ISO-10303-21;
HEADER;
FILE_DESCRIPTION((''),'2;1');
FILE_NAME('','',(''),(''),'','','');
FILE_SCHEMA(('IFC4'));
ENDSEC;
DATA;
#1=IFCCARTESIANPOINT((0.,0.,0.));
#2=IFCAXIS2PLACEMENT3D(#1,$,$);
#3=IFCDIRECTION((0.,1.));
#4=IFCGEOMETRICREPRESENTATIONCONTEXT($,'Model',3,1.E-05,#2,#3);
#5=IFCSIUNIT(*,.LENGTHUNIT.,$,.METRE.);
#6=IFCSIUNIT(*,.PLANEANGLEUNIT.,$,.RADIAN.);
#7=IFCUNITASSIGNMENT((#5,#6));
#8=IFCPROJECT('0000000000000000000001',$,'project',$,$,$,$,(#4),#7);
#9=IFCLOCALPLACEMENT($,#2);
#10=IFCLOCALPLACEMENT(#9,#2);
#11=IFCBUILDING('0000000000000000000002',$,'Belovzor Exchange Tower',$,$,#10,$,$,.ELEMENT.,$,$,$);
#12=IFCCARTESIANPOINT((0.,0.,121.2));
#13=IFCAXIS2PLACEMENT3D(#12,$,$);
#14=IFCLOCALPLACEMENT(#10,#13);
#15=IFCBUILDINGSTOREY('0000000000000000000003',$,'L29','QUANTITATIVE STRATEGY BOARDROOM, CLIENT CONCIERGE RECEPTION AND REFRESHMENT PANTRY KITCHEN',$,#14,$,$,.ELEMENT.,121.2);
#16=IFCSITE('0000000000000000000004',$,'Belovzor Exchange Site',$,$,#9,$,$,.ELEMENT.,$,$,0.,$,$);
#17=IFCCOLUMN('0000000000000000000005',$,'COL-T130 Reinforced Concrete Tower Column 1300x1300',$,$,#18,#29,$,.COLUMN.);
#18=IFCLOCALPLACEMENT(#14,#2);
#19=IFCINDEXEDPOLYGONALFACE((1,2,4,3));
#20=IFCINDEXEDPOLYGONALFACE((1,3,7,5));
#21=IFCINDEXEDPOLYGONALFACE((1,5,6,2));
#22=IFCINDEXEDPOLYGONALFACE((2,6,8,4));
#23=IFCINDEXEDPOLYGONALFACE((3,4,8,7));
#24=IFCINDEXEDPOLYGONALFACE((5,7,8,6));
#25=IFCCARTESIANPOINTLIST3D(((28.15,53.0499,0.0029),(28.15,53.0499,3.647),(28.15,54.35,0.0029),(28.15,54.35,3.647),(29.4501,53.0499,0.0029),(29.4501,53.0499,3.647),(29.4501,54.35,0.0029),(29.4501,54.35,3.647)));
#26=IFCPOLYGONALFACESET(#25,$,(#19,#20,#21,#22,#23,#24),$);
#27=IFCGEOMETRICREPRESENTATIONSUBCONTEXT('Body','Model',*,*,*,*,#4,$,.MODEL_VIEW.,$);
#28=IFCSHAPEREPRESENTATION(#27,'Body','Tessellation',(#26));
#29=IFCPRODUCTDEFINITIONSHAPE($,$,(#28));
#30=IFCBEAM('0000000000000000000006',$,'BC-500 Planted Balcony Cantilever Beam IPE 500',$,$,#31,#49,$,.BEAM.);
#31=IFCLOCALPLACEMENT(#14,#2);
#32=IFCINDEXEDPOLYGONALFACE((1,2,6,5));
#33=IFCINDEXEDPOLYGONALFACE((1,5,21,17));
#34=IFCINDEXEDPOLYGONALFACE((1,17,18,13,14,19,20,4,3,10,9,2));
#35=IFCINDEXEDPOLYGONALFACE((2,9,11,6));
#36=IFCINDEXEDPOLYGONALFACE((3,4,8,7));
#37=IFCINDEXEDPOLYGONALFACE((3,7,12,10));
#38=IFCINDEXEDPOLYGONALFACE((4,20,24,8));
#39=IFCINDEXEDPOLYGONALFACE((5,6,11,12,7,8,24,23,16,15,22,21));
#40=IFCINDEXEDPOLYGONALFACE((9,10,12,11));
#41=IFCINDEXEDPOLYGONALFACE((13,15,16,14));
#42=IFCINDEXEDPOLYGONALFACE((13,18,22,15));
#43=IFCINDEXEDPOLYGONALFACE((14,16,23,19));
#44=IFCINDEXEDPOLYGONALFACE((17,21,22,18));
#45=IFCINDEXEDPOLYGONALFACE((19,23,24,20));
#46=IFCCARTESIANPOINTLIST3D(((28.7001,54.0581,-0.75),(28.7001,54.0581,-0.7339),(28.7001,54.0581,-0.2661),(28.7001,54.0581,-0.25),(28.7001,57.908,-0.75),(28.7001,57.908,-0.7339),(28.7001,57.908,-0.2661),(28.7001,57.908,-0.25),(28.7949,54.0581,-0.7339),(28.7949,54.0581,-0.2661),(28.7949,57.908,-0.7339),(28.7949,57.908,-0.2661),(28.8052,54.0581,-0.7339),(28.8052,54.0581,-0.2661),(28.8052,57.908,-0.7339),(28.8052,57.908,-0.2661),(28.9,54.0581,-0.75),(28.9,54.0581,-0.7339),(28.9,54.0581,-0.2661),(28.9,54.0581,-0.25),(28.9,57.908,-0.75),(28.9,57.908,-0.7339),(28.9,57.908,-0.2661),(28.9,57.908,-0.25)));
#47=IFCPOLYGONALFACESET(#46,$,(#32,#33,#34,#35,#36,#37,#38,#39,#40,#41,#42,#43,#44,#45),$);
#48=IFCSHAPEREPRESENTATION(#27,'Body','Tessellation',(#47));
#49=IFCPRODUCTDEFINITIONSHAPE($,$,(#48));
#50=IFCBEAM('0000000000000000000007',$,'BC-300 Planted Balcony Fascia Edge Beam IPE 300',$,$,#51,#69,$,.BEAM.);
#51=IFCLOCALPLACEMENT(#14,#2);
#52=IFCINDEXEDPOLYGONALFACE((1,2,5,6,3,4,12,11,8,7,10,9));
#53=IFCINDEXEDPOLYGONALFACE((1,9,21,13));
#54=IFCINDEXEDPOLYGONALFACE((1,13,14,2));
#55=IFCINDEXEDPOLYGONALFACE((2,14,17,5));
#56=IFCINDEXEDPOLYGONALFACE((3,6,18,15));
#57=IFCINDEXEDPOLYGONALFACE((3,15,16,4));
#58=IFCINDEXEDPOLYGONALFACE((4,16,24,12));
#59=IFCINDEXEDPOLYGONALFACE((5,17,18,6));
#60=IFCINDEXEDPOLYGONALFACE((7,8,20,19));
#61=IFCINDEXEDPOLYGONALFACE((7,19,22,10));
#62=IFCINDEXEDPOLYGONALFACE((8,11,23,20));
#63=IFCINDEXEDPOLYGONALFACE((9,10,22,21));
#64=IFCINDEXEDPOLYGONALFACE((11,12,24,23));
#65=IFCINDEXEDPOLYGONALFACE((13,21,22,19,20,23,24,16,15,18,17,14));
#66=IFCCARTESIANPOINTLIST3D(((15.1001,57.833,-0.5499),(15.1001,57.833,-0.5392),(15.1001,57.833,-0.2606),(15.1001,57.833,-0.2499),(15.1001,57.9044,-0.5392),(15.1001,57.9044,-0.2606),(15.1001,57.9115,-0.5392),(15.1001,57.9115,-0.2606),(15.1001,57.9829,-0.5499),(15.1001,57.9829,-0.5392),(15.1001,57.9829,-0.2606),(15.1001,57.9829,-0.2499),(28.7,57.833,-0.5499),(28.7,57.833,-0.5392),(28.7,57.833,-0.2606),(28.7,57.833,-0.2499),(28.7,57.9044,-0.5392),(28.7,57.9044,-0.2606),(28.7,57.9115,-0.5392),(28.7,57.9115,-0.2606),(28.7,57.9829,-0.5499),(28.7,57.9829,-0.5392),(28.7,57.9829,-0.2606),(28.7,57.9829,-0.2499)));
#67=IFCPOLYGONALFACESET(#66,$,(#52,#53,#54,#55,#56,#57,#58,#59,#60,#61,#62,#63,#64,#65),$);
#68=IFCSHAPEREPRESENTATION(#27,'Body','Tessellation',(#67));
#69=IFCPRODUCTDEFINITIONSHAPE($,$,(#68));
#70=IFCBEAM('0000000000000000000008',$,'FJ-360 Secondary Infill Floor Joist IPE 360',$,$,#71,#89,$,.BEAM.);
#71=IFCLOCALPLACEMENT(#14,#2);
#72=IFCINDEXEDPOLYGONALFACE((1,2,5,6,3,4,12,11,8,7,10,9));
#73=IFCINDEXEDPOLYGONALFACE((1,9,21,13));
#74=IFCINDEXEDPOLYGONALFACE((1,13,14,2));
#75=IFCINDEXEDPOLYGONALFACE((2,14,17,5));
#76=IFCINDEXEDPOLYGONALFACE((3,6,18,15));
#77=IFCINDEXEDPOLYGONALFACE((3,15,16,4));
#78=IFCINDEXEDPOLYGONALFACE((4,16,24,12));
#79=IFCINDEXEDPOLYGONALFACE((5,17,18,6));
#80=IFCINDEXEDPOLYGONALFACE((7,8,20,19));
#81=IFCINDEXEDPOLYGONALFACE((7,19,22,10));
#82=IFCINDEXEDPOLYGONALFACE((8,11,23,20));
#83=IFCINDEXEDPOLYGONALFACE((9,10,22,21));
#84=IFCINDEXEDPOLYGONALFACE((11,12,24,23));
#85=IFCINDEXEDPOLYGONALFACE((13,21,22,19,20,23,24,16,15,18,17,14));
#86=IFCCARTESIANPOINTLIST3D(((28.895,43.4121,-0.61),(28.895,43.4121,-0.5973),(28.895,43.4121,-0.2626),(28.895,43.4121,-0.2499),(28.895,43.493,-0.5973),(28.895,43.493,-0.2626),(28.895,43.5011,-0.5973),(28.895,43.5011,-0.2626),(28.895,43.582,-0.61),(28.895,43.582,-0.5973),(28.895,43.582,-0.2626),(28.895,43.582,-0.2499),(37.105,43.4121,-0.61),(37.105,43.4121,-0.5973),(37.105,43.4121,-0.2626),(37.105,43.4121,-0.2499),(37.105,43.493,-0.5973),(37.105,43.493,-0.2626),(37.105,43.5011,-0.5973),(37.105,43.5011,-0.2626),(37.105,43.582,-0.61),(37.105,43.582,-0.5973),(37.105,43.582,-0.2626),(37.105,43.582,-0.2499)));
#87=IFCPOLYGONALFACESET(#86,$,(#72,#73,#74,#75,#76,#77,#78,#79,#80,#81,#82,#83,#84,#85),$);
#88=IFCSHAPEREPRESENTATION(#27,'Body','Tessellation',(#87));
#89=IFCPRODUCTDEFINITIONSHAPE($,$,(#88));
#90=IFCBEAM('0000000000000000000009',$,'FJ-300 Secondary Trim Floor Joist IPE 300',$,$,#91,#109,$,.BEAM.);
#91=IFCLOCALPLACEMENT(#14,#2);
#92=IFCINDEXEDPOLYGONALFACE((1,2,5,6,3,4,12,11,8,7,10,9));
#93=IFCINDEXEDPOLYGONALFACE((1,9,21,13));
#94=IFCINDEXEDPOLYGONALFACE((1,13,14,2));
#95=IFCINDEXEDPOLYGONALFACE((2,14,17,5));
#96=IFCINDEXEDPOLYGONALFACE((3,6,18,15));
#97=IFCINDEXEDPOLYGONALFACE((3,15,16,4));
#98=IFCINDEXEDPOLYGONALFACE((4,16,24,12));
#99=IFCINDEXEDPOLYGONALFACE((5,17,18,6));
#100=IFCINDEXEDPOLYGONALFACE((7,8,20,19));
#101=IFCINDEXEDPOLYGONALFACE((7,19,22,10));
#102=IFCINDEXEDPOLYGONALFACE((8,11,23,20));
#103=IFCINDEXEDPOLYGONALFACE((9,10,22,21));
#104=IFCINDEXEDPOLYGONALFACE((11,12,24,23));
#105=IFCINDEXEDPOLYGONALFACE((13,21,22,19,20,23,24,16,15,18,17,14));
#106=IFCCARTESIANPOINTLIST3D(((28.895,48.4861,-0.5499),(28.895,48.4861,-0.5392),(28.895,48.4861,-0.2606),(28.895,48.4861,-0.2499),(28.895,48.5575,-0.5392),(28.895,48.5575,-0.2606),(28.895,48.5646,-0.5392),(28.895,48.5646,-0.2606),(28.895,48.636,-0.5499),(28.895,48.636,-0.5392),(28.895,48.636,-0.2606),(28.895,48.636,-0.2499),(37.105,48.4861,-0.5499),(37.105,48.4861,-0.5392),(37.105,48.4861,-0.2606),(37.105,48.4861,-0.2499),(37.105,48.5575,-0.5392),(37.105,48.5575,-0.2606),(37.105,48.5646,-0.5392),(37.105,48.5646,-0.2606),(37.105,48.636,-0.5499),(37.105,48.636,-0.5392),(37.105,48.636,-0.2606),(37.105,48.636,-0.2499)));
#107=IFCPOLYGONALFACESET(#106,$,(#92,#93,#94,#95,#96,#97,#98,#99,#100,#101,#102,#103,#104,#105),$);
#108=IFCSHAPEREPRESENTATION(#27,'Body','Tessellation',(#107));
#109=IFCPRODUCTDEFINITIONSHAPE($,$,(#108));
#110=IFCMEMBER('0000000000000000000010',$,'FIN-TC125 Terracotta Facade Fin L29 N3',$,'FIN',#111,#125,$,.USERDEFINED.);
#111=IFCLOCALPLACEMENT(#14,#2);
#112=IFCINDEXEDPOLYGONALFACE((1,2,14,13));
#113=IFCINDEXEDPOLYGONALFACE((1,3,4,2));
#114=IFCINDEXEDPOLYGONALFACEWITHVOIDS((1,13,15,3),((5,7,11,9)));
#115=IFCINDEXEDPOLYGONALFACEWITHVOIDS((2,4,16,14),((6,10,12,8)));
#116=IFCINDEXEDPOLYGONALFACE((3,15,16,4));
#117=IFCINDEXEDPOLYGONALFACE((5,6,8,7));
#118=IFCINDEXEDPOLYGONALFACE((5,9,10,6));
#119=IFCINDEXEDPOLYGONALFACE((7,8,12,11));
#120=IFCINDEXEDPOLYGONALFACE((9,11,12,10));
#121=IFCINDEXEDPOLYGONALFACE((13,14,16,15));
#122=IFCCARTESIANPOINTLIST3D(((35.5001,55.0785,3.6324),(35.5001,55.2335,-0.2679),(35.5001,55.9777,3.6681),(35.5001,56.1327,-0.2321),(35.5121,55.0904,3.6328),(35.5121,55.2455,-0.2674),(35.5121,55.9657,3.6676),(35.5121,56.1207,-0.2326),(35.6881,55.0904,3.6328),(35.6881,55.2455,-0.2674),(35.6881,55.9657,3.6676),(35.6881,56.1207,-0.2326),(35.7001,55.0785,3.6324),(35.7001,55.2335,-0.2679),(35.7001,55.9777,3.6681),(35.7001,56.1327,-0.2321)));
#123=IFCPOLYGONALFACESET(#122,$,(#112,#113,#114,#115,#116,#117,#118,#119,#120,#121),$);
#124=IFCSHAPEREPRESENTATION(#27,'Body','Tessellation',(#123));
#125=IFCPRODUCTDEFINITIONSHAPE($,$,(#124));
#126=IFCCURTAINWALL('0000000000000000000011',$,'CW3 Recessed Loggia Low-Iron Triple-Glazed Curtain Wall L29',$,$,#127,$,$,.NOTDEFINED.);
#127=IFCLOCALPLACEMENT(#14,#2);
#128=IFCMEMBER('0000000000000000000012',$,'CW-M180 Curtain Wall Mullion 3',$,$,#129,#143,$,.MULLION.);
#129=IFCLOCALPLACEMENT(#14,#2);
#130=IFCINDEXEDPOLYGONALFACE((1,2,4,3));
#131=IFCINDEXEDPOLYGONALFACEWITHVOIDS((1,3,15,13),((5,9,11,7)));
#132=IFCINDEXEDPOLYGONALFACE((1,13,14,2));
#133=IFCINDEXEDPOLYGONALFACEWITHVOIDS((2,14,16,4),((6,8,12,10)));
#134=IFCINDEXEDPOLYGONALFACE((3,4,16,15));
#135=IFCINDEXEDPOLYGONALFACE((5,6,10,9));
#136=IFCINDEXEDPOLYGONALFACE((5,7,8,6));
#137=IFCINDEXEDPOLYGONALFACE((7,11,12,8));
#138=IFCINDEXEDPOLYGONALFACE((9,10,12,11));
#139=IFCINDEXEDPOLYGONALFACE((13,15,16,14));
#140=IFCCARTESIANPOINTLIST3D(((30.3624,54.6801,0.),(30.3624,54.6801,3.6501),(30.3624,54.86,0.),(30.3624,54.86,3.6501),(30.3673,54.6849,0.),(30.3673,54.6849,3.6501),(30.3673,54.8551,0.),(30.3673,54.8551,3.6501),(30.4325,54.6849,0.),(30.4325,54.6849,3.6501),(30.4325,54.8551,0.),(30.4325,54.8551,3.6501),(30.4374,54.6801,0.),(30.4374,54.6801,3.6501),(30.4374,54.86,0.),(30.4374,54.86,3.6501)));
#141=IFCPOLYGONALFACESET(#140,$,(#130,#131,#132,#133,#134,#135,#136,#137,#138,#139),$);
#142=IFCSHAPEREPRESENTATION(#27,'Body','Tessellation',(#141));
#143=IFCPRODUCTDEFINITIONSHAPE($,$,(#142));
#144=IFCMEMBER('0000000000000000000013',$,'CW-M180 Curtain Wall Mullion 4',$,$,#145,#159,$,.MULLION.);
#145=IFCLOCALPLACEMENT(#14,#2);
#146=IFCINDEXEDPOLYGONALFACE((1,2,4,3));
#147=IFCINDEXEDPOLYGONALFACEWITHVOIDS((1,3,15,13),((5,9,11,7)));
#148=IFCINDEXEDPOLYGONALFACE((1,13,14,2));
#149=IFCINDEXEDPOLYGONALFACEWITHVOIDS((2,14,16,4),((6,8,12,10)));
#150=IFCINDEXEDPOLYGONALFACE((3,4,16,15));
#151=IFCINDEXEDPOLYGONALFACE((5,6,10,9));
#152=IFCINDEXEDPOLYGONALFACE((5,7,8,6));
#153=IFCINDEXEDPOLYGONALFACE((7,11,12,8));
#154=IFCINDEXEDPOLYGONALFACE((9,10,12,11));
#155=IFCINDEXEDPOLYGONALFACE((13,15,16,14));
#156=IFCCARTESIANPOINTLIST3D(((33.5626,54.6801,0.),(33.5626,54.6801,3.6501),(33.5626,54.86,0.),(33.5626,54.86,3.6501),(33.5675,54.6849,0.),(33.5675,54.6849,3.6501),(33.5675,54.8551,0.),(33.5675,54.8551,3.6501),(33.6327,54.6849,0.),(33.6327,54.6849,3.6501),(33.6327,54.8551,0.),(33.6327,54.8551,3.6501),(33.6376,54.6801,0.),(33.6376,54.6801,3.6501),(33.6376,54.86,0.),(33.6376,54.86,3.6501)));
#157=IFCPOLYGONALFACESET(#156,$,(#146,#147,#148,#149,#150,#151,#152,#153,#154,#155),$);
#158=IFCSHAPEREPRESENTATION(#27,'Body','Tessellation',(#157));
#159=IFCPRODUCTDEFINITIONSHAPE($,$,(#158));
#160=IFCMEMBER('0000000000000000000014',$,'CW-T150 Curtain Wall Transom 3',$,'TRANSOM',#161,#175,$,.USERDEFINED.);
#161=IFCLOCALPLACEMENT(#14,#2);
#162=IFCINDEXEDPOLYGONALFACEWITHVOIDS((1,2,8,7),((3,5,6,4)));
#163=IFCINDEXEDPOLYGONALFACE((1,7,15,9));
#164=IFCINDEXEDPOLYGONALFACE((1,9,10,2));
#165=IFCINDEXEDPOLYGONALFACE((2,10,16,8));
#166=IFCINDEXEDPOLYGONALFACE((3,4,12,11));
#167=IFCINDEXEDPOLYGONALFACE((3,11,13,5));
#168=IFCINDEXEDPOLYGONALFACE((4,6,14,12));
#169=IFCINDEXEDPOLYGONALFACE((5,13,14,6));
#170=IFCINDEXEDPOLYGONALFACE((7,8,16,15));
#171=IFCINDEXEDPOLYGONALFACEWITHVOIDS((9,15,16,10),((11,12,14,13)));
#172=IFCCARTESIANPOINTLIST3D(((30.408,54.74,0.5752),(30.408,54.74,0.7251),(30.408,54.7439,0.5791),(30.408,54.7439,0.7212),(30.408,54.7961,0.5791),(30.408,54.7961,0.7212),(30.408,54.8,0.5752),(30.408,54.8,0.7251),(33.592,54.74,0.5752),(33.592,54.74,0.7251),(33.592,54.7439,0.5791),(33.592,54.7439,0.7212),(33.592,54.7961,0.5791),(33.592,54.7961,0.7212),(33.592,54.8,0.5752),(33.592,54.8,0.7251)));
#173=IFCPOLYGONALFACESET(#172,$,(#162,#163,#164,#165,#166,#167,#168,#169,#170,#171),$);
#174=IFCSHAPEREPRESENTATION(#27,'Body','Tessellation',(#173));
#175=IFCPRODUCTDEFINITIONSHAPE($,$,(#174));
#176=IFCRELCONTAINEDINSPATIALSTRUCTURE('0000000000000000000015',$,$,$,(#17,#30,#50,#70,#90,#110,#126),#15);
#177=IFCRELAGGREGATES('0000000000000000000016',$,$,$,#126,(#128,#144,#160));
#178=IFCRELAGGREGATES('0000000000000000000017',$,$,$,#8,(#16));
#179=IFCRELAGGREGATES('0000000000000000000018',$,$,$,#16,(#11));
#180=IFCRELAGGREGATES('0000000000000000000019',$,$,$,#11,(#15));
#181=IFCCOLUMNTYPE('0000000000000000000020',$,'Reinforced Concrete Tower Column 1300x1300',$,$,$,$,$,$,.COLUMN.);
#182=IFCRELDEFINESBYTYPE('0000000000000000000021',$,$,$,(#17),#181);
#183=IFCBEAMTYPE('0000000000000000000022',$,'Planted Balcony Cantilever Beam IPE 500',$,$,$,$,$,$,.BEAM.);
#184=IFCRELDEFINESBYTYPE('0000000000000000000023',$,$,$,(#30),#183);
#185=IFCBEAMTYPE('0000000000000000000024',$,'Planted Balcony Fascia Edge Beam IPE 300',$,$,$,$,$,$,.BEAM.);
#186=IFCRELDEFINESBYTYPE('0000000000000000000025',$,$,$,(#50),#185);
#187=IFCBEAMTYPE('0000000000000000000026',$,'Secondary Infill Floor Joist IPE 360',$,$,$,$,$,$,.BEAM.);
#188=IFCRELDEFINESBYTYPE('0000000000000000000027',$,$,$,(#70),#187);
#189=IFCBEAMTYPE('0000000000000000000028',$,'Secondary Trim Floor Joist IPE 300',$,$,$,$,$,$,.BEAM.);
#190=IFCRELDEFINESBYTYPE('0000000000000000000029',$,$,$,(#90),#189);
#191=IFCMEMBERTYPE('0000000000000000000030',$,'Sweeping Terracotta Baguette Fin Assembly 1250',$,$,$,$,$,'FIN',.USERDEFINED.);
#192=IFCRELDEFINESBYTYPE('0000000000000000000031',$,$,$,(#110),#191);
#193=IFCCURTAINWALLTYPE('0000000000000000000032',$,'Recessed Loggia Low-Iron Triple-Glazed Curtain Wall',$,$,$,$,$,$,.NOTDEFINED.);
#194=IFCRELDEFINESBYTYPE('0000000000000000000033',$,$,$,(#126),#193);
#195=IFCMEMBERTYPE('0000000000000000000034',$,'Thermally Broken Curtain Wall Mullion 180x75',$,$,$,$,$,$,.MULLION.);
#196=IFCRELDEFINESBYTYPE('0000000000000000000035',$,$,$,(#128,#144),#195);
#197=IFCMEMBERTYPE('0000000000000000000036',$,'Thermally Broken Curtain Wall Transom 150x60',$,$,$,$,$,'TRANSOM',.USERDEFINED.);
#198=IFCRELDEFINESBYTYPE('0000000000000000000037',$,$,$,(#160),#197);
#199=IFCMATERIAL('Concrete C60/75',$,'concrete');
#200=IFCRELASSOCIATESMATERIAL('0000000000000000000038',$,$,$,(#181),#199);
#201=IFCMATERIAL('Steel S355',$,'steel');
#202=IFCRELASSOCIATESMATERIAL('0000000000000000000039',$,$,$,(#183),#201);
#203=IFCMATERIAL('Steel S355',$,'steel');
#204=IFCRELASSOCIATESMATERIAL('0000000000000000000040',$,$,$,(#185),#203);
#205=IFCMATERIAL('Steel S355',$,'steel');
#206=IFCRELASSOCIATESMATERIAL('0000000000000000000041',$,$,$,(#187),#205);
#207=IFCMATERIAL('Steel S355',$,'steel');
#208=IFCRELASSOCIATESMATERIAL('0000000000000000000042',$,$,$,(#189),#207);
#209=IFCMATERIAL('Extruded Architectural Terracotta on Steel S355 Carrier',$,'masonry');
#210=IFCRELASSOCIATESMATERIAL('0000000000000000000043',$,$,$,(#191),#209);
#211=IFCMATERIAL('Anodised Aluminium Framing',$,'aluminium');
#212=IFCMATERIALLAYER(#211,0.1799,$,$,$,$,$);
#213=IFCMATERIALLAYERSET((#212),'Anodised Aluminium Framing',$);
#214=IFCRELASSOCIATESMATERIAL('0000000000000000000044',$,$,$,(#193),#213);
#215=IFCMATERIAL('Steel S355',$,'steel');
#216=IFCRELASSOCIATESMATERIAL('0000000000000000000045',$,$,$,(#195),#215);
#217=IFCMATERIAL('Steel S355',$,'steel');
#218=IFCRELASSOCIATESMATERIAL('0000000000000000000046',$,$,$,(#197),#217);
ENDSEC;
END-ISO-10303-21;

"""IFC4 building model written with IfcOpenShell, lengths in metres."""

from ifc_helpers import new_model, si_unit, direction, frame, origin, origin_2d, place, context, subcontext, project, spatial, rectangle, hollow_rectangle, i_section, extrude, material, layer, layer_set, material_profile, profile_set, type_object, element, aggregate, save


model = new_model("IFC4")

# Units and contexts
model_context = context("Model", 3, precision=1e-05, world=origin(), true_north=direction((0.0, 1.0)))
body_context = subcontext(model_context, "Body", "Model", "MODEL_VIEW")
ifc_project = project(units=[si_unit("LENGTHUNIT", "METRE"), si_unit("PLANEANGLEUNIT", "RADIAN")], contexts=[model_context])

# Site, building, storey
site_placement = place(None, origin())
site = spatial("IfcSite", under=ifc_project, at=site_placement, Name="Belovzor Exchange Site", CompositionType="ELEMENT", RefElevation=0.0)
building_placement = place(site_placement, origin())
building = spatial("IfcBuilding", under=site, at=building_placement, Name="Belovzor Exchange Tower", CompositionType="ELEMENT")
storey_placement = place(building_placement, frame((0.0, 0.0, 121.2)))
storey = spatial("IfcBuildingStorey", under=building, at=storey_placement, Name="L29", Description="QUANTITATIVE STRATEGY BOARDROOM, CLIENT CONCIERGE RECEPTION AND REFRESHMENT PANTRY KITCHEN", CompositionType="ELEMENT", Elevation=121.2)

# Column
ifc_material_1 = material(Name="Concrete C60/75", Category="concrete")
ifc_material_profile_1 = material_profile(ifc_material_1, rectangle(XDim=1.3, YDim=1.3, at=origin_2d()))
ifc_profile_set_1 = profile_set([ifc_material_profile_1], Name="Concrete C60/75")
column_type = type_object("IfcColumnType", Name="Reinforced Concrete Tower Column 1300x1300", PredefinedType="COLUMN", material=ifc_profile_set_1)
column_placement = place(storey_placement, frame((28.8, 53.7, 0.0029), z_axis=(0.0, 0.0, 1.0), x_axis=(1.0, 0.0, 0.0)))
element("IfcColumn", 1, at=column_placement, inside=storey, type_object=column_type, Name="COL-T130 Reinforced Concrete Tower Column 1300x1300", PredefinedType="COLUMN", context=body_context, shape_type="SweptSolid", body=[
    extrude(rectangle(XDim=1.3, YDim=1.3, at=origin_2d()), origin(), (0.0, 0.0, 1.0), 3.644),
])

# Beams
ifc_material_2 = material(Name="Steel S355", Category="steel")
ifc_material_profile_2 = material_profile(ifc_material_2, i_section(OverallWidth=0.2, OverallDepth=0.5, WebThickness=0.0103, FlangeThickness=0.0161, at=origin_2d()))
ifc_profile_set_2 = profile_set([ifc_material_profile_2], Name="Steel S355")
beam_type_1 = type_object("IfcBeamType", Name="Planted Balcony Cantilever Beam IPE 500", PredefinedType="BEAM", material=ifc_profile_set_2)
beam_1_placement = place(storey_placement, frame((28.8, 54.0581, -0.5), z_axis=(0.0, 1.0, 0.0), x_axis=(-1.0, 0.0, 0.0)))
element("IfcBeam", 2, at=beam_1_placement, inside=storey, type_object=beam_type_1, Name="BC-500 Planted Balcony Cantilever Beam IPE 500", PredefinedType="BEAM", context=body_context, shape_type="SweptSolid", body=[
    extrude(i_section(OverallWidth=0.2, OverallDepth=0.5, WebThickness=0.0103, FlangeThickness=0.0161, at=origin_2d()), origin(), (0.0, 0.0, 1.0), 3.8499),
])
ifc_material_3 = material(Name="Steel S355", Category="steel")
ifc_material_profile_3 = material_profile(ifc_material_3, i_section(OverallWidth=0.1499, OverallDepth=0.3, WebThickness=0.0071, FlangeThickness=0.0107, at=origin_2d()))
ifc_profile_set_3 = profile_set([ifc_material_profile_3], Name="Steel S355")
beam_type_2 = type_object("IfcBeamType", Name="Planted Balcony Fascia Edge Beam IPE 300", PredefinedType="BEAM", material=ifc_profile_set_3)
beam_2_placement = place(storey_placement, frame((28.7, 57.908, -0.3999), z_axis=(-1.0, 0.0, 0.0), x_axis=(0.0, -1.0, 0.0)))
element("IfcBeam", 3, at=beam_2_placement, inside=storey, type_object=beam_type_2, Name="BC-300 Planted Balcony Fascia Edge Beam IPE 300", PredefinedType="BEAM", context=body_context, shape_type="SweptSolid", body=[
    extrude(i_section(OverallWidth=0.1499, OverallDepth=0.3, WebThickness=0.0071, FlangeThickness=0.0107, at=origin_2d()), origin(), (0.0, 0.0, 1.0), 13.5999),
])
ifc_material_4 = material(Name="Steel S355", Category="steel")
ifc_material_profile_4 = material_profile(ifc_material_4, i_section(OverallWidth=0.1699, OverallDepth=0.3601, WebThickness=0.0081, FlangeThickness=0.0127, at=origin_2d()))
ifc_profile_set_4 = profile_set([ifc_material_profile_4], Name="Steel S355")
beam_type_3 = type_object("IfcBeamType", Name="Secondary Infill Floor Joist IPE 360", PredefinedType="BEAM", material=ifc_profile_set_4)
beam_3_placement = place(storey_placement, frame((28.895, 43.4971, -0.4299), z_axis=(1.0, 0.0, 0.0), x_axis=(0.0, 1.0, 0.0)))
element("IfcBeam", 4, at=beam_3_placement, inside=storey, type_object=beam_type_3, Name="FJ-360 Secondary Infill Floor Joist IPE 360", PredefinedType="BEAM", context=body_context, shape_type="SweptSolid", body=[
    extrude(i_section(OverallWidth=0.1699, OverallDepth=0.3601, WebThickness=0.0081, FlangeThickness=0.0127, at=origin_2d()), origin(), (0.0, 0.0, 1.0), 8.21),
])
ifc_material_5 = material(Name="Steel S355", Category="steel")
ifc_material_profile_5 = material_profile(ifc_material_5, i_section(OverallWidth=0.1499, OverallDepth=0.3, WebThickness=0.0071, FlangeThickness=0.0107, at=origin_2d()))
ifc_profile_set_5 = profile_set([ifc_material_profile_5], Name="Steel S355")
beam_type_4 = type_object("IfcBeamType", Name="Secondary Trim Floor Joist IPE 300", PredefinedType="BEAM", material=ifc_profile_set_5)
beam_4_placement = place(storey_placement, frame((28.895, 48.561, -0.3999), z_axis=(1.0, 0.0, 0.0), x_axis=(0.0, 1.0, 0.0)))
element("IfcBeam", 5, at=beam_4_placement, inside=storey, type_object=beam_type_4, Name="FJ-300 Secondary Trim Floor Joist IPE 300", PredefinedType="BEAM", context=body_context, shape_type="SweptSolid", body=[
    extrude(i_section(OverallWidth=0.1499, OverallDepth=0.3, WebThickness=0.0071, FlangeThickness=0.0107, at=origin_2d()), origin(), (0.0, 0.0, 1.0), 8.21),
])

# Member
ifc_material_6 = material(Name="Extruded Architectural Terracotta on Steel S355 Carrier", Category="masonry")
ifc_material_profile_6 = material_profile(ifc_material_6, hollow_rectangle(XDim=0.2, YDim=0.8999, WallThickness=0.012, at=origin_2d()))
ifc_profile_set_6 = profile_set([ifc_material_profile_6], Name="Extruded Architectural Terracotta on Steel S355 Carrier")
member_type_1 = type_object("IfcMemberType", Name="Sweeping Terracotta Baguette Fin Assembly 1250", ElementType="FIN", PredefinedType="USERDEFINED", material=ifc_profile_set_6)
member_1_placement = place(storey_placement, frame((35.6001, 55.6831, -0.25), z_axis=(0.0, -0.039718, 0.999211), x_axis=(1.0, 0.0, 0.0)))
element("IfcMember", 6, at=member_1_placement, inside=storey, type_object=member_type_1, Name="FIN-TC125 Terracotta Facade Fin L29 N3", ObjectType="FIN", PredefinedType="USERDEFINED", context=body_context, shape_type="SweptSolid", body=[
    extrude(hollow_rectangle(XDim=0.2, YDim=0.8999, WallThickness=0.012, at=origin_2d()), origin(), (0.0, 0.0, 1.0), 3.9033),
])

# Curtain wall, members
ifc_material_7 = material(Name="Anodised Aluminium Framing", Category="aluminium")
ifc_layer_1 = layer(ifc_material_7, 0.1799)
ifc_layer_set_1 = layer_set([ifc_layer_1], Name="Anodised Aluminium Framing")
curtain_wall_type = type_object("IfcCurtainWallType", Name="Recessed Loggia Low-Iron Triple-Glazed Curtain Wall", PredefinedType="NOTDEFINED", material=ifc_layer_set_1)
curtain_wall_placement = place(storey_placement, origin())
curtain_wall = element("IfcCurtainWall", 7, at=curtain_wall_placement, inside=storey, type_object=curtain_wall_type, Name="CW3 Recessed Loggia Low-Iron Triple-Glazed Curtain Wall L29", PredefinedType="NOTDEFINED")
ifc_material_8 = material(Name="Steel S355", Category="steel")
ifc_material_profile_7 = material_profile(ifc_material_8, hollow_rectangle(XDim=0.075, YDim=0.1799, WallThickness=0.0049, at=origin_2d()))
ifc_profile_set_7 = profile_set([ifc_material_profile_7], Name="Steel S355")
member_type_2 = type_object("IfcMemberType", Name="Thermally Broken Curtain Wall Mullion 180x75", PredefinedType="MULLION", material=ifc_profile_set_7)
member_2_placement = place(storey_placement, frame((30.3999, 54.77, 0.0), z_axis=(0.0, 0.0, 1.0), x_axis=(1.0, 0.0, 0.0)))
member_2 = element("IfcMember", 8, at=member_2_placement, type_object=member_type_2, Name="CW-M180 Curtain Wall Mullion 3", PredefinedType="MULLION", context=body_context, shape_type="SweptSolid", body=[
    extrude(hollow_rectangle(XDim=0.075, YDim=0.1799, WallThickness=0.0049, at=origin_2d()), origin(), (0.0, 0.0, 1.0), 3.6501),
])
member_3_placement = place(storey_placement, frame((33.6001, 54.77, 0.0), z_axis=(0.0, 0.0, 1.0), x_axis=(1.0, 0.0, 0.0)))
member_3 = element("IfcMember", 9, at=member_3_placement, type_object=member_type_2, Name="CW-M180 Curtain Wall Mullion 4", PredefinedType="MULLION", context=body_context, shape_type="SweptSolid", body=[
    extrude(hollow_rectangle(XDim=0.075, YDim=0.1799, WallThickness=0.0049, at=origin_2d()), origin(), (0.0, 0.0, 1.0), 3.6501),
])
ifc_material_9 = material(Name="Steel S355", Category="steel")
ifc_material_profile_8 = material_profile(ifc_material_9, hollow_rectangle(XDim=0.0601, YDim=0.1499, WallThickness=0.0039, at=origin_2d()))
ifc_profile_set_8 = profile_set([ifc_material_profile_8], Name="Steel S355")
member_type_3 = type_object("IfcMemberType", Name="Thermally Broken Curtain Wall Transom 150x60", ElementType="TRANSOM", PredefinedType="USERDEFINED", material=ifc_profile_set_8)
member_4_placement = place(storey_placement, frame((30.408, 54.77, 0.6501), z_axis=(1.0, 0.0, 0.0), x_axis=(0.0, 1.0, 0.0)))
member_4 = element("IfcMember", 10, at=member_4_placement, type_object=member_type_3, Name="CW-T150 Curtain Wall Transom 3", ObjectType="TRANSOM", PredefinedType="USERDEFINED", context=body_context, shape_type="SweptSolid", body=[
    extrude(hollow_rectangle(XDim=0.0601, YDim=0.1499, WallThickness=0.0039, at=origin_2d()), origin(), (0.0, 0.0, 1.0), 3.1841),
])

aggregate(curtain_wall, [member_2, member_3, member_4])

save(model, "model.ifc")
